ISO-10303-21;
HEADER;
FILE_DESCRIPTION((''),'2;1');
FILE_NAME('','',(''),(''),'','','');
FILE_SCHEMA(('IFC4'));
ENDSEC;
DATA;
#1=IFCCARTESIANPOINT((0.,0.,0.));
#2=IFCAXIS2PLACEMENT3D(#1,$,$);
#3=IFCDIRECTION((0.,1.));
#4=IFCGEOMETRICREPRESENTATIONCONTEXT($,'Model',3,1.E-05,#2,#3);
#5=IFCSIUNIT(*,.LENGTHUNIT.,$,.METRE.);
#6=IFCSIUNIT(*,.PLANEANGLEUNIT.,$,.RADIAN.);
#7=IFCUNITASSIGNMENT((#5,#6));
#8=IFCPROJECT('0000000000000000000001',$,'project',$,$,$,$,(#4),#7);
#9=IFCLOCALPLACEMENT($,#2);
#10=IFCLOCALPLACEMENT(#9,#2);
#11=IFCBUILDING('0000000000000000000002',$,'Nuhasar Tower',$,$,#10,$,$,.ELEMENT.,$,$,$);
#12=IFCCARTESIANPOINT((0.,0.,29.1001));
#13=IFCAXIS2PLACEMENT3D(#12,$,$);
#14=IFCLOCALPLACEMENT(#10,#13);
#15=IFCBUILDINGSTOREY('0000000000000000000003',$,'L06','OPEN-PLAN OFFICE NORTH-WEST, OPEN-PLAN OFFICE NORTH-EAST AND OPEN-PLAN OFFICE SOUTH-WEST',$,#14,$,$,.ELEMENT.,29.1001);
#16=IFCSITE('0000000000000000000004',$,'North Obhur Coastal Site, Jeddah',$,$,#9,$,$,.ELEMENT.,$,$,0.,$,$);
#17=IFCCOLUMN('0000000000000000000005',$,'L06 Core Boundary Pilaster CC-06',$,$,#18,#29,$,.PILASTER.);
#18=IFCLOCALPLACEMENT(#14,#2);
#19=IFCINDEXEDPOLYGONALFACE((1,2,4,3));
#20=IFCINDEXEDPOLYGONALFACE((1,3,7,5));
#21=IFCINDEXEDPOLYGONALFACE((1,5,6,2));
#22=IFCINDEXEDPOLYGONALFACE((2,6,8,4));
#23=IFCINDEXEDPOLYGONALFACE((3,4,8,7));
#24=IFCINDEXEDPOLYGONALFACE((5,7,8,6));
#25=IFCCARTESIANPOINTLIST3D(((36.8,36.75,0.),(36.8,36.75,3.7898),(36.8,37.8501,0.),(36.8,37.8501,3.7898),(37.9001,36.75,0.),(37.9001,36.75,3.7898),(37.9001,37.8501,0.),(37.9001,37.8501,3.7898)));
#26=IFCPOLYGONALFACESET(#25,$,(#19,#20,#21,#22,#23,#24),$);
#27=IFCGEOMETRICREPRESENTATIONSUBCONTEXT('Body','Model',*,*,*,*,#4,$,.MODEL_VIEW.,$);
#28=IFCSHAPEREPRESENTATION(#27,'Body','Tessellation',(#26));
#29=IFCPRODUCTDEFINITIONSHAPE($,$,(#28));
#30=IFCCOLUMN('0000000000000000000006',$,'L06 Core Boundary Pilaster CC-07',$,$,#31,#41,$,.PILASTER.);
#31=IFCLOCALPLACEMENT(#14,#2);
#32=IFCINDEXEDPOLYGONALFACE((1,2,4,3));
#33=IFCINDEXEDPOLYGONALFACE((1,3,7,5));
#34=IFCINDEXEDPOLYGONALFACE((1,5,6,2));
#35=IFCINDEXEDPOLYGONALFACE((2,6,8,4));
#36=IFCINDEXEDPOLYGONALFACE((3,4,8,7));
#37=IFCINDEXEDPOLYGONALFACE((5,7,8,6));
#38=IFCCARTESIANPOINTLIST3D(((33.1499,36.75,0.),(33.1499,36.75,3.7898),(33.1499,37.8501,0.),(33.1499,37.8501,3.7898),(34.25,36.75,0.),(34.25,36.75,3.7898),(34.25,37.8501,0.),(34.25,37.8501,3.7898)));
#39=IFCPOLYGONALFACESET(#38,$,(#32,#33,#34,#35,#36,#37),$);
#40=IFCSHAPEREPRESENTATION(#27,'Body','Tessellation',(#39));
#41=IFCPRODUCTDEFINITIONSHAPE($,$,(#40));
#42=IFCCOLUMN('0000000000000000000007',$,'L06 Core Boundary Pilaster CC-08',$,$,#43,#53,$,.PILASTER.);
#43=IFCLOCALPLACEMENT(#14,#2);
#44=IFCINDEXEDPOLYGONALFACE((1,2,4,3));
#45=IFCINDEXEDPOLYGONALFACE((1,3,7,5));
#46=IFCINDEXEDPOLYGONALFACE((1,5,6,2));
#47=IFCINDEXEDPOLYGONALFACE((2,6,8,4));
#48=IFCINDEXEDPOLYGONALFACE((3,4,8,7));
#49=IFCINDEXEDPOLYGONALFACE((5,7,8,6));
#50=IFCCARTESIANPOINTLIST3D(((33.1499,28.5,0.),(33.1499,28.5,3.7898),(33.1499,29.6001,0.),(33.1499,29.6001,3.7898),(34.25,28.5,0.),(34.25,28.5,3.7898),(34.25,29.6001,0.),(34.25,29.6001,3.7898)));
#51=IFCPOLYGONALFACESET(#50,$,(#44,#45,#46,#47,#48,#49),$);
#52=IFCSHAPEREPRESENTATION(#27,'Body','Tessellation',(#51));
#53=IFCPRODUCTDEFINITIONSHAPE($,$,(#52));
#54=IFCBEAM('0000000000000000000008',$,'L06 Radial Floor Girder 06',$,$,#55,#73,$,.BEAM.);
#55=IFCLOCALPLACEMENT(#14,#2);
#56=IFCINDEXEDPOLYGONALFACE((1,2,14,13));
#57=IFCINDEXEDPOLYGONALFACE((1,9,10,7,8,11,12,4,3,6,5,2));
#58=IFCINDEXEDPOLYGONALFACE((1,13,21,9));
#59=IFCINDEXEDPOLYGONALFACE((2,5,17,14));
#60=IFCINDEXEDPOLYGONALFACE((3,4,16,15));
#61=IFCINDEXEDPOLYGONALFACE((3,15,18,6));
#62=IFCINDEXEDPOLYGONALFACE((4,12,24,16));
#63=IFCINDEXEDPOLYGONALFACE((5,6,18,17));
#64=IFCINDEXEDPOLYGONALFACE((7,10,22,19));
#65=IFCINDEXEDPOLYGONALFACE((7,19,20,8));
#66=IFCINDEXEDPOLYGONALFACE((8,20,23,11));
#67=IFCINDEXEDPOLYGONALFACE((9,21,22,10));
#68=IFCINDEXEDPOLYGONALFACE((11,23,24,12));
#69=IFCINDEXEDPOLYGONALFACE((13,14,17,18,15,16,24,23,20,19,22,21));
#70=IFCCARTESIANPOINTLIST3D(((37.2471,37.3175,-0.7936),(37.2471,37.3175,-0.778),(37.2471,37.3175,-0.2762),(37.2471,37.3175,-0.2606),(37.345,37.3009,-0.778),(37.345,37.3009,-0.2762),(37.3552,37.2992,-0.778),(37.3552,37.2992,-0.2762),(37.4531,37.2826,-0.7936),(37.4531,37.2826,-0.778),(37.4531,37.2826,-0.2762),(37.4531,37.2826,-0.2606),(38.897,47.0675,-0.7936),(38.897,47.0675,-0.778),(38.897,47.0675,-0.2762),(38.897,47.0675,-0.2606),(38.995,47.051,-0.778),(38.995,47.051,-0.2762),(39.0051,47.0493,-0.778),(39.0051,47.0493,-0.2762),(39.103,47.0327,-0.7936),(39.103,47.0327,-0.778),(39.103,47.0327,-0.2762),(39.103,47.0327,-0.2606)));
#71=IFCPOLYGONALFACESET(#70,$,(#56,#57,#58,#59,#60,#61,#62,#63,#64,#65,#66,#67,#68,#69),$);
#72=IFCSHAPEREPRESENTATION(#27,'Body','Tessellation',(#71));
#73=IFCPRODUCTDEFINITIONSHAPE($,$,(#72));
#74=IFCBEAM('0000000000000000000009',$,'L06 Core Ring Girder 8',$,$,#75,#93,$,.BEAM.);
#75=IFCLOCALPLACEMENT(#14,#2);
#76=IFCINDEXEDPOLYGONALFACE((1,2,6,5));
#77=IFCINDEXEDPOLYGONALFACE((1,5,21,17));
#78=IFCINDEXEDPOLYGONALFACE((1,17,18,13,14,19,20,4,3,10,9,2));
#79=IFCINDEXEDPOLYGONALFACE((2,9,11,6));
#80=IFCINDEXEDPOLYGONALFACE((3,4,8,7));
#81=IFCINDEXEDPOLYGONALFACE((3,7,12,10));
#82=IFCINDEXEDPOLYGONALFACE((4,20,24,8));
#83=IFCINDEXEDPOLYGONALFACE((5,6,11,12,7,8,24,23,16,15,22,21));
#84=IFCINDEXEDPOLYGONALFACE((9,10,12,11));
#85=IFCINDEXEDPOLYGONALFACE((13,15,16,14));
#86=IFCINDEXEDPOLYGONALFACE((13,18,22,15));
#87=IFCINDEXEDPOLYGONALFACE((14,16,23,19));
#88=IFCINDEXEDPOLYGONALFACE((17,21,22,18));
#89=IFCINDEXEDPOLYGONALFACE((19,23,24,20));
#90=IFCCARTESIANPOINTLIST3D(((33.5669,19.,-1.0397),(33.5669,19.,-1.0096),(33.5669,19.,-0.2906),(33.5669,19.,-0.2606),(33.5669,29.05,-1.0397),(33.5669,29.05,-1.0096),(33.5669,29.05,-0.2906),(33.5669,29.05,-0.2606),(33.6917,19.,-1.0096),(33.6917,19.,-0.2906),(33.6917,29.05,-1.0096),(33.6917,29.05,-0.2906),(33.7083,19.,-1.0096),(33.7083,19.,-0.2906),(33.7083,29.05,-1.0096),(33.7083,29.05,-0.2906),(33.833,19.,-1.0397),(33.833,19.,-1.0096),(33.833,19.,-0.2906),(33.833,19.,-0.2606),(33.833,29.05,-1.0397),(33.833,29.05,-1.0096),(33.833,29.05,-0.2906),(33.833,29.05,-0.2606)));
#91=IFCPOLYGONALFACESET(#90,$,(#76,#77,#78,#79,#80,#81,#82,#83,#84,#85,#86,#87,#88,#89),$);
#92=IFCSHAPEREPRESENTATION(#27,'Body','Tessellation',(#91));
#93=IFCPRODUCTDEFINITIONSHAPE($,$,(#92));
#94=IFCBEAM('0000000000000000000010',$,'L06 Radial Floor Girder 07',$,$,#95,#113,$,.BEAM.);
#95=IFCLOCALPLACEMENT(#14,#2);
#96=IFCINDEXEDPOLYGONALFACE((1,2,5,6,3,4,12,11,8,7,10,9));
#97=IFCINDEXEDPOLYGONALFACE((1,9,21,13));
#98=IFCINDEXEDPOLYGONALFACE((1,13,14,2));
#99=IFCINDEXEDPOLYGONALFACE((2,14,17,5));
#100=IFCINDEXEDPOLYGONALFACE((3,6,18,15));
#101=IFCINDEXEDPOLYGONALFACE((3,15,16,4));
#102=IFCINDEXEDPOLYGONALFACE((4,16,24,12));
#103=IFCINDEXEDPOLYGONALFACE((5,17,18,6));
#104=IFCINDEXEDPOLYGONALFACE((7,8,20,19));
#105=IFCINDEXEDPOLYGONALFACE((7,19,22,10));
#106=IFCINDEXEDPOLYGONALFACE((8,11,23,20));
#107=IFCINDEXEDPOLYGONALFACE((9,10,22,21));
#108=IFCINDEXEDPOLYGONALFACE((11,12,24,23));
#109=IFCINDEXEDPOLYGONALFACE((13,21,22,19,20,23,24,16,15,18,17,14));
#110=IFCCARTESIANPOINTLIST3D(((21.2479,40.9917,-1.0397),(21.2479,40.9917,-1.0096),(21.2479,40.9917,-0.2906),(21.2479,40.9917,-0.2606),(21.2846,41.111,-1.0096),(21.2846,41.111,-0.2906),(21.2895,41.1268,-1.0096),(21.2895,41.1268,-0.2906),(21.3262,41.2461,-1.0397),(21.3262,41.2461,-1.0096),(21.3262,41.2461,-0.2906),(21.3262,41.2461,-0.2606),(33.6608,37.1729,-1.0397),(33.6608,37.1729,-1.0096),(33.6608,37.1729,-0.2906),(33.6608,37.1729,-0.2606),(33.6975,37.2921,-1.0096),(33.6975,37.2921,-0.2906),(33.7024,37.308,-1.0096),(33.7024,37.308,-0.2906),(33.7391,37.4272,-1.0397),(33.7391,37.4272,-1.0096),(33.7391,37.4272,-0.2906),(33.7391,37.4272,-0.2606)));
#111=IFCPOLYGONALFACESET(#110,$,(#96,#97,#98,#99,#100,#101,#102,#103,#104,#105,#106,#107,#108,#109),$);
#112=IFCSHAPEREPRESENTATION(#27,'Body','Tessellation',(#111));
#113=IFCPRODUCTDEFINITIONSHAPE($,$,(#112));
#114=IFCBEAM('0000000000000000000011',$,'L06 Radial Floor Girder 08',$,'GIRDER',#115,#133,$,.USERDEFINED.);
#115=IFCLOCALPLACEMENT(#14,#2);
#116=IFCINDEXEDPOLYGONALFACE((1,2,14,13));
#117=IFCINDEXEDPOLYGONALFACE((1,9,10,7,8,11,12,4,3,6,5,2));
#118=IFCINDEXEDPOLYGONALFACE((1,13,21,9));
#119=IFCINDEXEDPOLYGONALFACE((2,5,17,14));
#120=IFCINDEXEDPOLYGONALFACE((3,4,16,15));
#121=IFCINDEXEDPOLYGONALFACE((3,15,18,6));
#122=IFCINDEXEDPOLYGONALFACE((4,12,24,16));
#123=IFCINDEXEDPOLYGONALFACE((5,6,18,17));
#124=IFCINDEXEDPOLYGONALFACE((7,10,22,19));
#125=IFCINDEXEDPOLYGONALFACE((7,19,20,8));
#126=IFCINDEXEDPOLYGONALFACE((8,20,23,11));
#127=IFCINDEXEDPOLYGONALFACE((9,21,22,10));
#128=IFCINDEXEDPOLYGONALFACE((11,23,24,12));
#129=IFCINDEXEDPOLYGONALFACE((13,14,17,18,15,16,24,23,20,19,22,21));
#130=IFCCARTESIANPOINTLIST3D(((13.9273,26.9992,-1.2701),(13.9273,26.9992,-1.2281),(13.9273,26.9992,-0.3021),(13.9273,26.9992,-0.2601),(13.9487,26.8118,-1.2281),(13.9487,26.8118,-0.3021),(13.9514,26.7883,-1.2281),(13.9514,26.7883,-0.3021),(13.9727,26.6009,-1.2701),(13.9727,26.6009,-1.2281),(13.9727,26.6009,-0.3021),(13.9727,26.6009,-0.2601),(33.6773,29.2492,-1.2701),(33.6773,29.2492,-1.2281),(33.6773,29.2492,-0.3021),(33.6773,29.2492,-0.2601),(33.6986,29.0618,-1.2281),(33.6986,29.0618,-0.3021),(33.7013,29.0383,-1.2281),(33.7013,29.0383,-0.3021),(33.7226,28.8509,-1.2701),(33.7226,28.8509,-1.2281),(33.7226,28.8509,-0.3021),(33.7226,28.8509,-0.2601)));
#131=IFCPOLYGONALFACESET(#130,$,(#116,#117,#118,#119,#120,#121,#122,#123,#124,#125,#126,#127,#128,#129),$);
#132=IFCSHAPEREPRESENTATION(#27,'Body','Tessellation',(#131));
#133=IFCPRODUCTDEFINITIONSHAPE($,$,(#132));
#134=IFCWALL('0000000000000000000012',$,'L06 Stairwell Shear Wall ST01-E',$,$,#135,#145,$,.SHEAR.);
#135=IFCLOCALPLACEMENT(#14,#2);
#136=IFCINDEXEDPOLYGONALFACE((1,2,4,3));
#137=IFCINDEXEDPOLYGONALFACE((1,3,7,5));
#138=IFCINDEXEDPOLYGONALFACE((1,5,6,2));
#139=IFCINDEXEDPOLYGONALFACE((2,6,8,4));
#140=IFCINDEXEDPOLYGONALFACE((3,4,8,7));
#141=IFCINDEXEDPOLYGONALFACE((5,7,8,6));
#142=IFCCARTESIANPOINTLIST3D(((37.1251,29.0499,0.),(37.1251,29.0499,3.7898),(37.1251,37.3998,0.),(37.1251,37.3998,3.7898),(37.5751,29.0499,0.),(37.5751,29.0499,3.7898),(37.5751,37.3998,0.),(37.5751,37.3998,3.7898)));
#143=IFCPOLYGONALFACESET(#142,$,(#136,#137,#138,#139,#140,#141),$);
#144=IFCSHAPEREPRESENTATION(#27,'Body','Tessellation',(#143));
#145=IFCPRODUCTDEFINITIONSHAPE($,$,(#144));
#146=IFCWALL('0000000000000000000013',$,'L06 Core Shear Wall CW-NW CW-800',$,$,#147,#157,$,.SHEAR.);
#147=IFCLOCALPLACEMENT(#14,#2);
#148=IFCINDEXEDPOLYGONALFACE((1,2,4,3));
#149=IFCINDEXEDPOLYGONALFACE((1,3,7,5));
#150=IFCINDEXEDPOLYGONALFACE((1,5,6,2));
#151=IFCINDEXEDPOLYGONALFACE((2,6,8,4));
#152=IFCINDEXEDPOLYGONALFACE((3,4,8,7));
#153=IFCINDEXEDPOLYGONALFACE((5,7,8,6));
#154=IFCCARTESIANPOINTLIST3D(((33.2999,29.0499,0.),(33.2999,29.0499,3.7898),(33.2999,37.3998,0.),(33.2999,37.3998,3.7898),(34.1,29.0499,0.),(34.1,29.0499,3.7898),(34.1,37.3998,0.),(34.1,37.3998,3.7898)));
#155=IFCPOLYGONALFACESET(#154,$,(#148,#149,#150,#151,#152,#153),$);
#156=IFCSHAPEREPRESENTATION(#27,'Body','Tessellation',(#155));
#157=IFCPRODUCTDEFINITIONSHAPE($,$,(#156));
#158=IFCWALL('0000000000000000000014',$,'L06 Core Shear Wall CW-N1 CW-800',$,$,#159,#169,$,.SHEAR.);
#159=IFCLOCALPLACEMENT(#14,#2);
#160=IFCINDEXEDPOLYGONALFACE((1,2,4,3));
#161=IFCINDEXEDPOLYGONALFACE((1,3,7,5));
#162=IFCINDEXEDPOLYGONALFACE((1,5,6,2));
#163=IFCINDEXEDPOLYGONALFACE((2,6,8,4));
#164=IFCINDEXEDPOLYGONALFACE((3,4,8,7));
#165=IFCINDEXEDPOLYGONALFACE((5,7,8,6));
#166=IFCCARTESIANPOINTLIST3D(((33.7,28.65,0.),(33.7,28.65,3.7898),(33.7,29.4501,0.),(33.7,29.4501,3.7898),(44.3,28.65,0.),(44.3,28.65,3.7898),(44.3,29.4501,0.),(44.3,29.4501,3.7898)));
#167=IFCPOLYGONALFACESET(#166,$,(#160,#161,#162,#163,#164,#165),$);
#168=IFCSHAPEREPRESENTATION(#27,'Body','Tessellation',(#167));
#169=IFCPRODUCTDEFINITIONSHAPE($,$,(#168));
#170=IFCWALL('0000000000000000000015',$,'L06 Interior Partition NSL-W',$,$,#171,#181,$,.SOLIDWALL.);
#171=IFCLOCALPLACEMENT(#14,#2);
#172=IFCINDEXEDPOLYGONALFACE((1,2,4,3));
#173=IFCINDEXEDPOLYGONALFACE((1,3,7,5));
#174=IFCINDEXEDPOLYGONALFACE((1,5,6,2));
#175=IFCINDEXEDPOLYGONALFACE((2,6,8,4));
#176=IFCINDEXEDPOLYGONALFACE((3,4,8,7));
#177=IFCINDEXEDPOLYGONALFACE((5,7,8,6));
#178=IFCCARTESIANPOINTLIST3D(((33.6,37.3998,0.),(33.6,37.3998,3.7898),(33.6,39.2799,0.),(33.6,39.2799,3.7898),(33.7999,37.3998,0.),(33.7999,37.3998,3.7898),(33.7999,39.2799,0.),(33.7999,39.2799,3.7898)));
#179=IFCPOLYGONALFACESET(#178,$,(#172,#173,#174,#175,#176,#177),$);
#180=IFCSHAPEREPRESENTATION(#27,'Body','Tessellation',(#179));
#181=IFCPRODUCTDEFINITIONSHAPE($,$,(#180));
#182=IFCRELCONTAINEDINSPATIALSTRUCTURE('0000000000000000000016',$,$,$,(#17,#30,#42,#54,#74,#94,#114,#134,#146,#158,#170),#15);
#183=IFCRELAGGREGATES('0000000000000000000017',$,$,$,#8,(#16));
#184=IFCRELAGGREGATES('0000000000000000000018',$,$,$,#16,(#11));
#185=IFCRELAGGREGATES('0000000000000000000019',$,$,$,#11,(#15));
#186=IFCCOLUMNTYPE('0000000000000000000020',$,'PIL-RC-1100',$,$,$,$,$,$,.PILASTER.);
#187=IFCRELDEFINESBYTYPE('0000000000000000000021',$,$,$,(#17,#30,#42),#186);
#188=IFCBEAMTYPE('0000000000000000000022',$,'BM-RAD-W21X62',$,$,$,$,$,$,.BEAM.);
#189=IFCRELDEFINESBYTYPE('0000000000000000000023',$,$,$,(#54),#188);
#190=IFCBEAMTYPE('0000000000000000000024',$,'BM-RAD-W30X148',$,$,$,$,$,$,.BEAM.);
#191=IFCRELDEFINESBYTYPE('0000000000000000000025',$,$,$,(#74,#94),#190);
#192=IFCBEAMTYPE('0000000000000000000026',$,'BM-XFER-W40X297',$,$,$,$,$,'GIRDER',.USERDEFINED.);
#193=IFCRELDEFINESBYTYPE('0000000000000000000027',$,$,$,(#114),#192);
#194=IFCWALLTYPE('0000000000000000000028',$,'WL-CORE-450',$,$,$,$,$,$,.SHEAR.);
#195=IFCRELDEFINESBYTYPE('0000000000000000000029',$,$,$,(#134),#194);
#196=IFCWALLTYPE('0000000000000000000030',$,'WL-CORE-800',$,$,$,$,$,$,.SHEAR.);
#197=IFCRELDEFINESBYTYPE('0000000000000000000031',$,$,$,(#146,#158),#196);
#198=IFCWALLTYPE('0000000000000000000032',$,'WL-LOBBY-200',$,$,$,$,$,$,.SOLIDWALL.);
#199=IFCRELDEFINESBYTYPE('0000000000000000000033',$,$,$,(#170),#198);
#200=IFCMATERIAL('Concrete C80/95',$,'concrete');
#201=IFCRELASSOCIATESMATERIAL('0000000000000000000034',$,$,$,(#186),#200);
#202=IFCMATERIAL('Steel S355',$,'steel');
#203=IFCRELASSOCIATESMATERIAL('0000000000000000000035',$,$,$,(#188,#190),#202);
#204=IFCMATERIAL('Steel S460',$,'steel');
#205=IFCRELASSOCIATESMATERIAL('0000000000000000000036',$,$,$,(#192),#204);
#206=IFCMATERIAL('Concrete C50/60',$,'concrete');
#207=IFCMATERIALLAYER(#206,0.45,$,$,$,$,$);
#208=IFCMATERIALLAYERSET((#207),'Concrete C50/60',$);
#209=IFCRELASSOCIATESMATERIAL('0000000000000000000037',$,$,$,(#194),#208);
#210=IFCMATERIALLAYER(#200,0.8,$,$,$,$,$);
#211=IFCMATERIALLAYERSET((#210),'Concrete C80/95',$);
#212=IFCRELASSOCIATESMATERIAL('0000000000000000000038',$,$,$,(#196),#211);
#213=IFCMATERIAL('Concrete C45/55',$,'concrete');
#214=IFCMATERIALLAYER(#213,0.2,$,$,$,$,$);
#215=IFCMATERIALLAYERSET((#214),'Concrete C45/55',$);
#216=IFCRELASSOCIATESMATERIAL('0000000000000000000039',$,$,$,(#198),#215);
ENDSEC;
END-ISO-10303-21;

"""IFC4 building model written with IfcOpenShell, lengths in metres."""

from ifc_helpers import new_model, si_unit, direction, frame, frame_2d, origin, origin_2d, place, context, subcontext, project, spatial, rectangle, i_section, extrude, material, layer, layer_set, material_profile, profile_set, type_object, element, save


model = new_model("IFC4")

# Units and contexts
model_context = context("Model", 3, precision=1e-05, world=origin(), true_north=direction((0.0, 1.0)))
body_context = subcontext(model_context, "Body", "Model", "MODEL_VIEW")
ifc_project = project(units=[si_unit("LENGTHUNIT", "METRE"), si_unit("PLANEANGLEUNIT", "RADIAN")], contexts=[model_context])

# Site, building, storey
site_placement = place(None, origin())
site = spatial("IfcSite", under=ifc_project, at=site_placement, Name="North Obhur Coastal Site, Jeddah", CompositionType="ELEMENT", RefElevation=0.0)
building_placement = place(site_placement, origin())
building = spatial("IfcBuilding", under=site, at=building_placement, Name="Nuhasar Tower", CompositionType="ELEMENT")
storey_placement = place(building_placement, frame((0.0, 0.0, 29.1001)))
storey = spatial("IfcBuildingStorey", under=building, at=storey_placement, Name="L06", Description="OPEN-PLAN OFFICE NORTH-WEST, OPEN-PLAN OFFICE NORTH-EAST AND OPEN-PLAN OFFICE SOUTH-WEST", CompositionType="ELEMENT", Elevation=29.1001)

# Columns
ifc_material_1 = material(Name="Concrete C80/95", Category="concrete")
ifc_material_profile_1 = material_profile(ifc_material_1, rectangle(XDim=1.1001, YDim=1.1001, at=origin_2d()), Name="RC1100X1100")
ifc_profile_set_1 = profile_set([ifc_material_profile_1], Name="Concrete C80/95")
column_type = type_object("IfcColumnType", Name="PIL-RC-1100", PredefinedType="PILASTER", material=ifc_profile_set_1)
for number, where, z_axis, x_axis, name in (
    (1, (37.3501, 37.3, 0.0), (0.0, 0.0, 1.0), (1.0, 0.0, 0.0), "L06 Core Boundary Pilaster CC-06"),
    (2, (33.7, 37.3, 0.0), (0.0, 0.0, 1.0), (1.0, 0.0, 0.0), "L06 Core Boundary Pilaster CC-07"),
    (3, (33.7, 29.05, 0.0), (0.0, 0.0, 1.0), (1.0, 0.0, 0.0), "L06 Core Boundary Pilaster CC-08"),
):
    element("IfcColumn", number, at=place(storey_placement, frame(where, z_axis=z_axis, x_axis=x_axis)), inside=storey, type_object=column_type, Name=name, PredefinedType="PILASTER", context=body_context, shape_type="SweptSolid", body=[
        extrude(rectangle(XDim=1.1001, YDim=1.1001, at=origin_2d()), origin(), (0.0, 0.0, 1.0), 3.7898),
    ])

# Beams
ifc_material_2 = material(Name="Steel S355", Category="steel")
ifc_material_profile_2 = material_profile(ifc_material_2, i_section(OverallWidth=0.209, OverallDepth=0.533, WebThickness=0.0103, FlangeThickness=0.0156, at=origin_2d()), Name="W21X62")
ifc_profile_set_2 = profile_set([ifc_material_profile_2], Name="Steel S355")
beam_type_1 = type_object("IfcBeamType", Name="BM-RAD-W21X62", PredefinedType="BEAM", material=ifc_profile_set_2)
beam_1_placement = place(storey_placement, frame((37.3501, 37.3, -0.5271), z_axis=(0.166849, 0.985983, 0.0), x_axis=(-0.985983, 0.166849, 0.0)))
element("IfcBeam", 4, at=beam_1_placement, inside=storey, type_object=beam_type_1, Name="L06 Radial Floor Girder 06", PredefinedType="BEAM", context=body_context, shape_type="SweptSolid", body=[
    extrude(i_section(OverallWidth=0.209, OverallDepth=0.533, WebThickness=0.0103, FlangeThickness=0.0156, at=origin_2d()), origin(), (0.0, 0.0, 1.0), 9.8887),
])
ifc_material_profile_3 = material_profile(ifc_material_2, i_section(OverallWidth=0.2661, OverallDepth=0.7791, WebThickness=0.0166, FlangeThickness=0.03, at=origin_2d()), Name="W30X148")
ifc_profile_set_3 = profile_set([ifc_material_profile_3], Name="Steel S355")
beam_type_2 = type_object("IfcBeamType", Name="BM-RAD-W30X148", PredefinedType="BEAM", material=ifc_profile_set_3)
beam_2_placement = place(storey_placement, frame((33.7, 29.05, -0.6501), z_axis=(0.0, -1.0, 0.0), x_axis=(1.0, 0.0, 0.0)))
element("IfcBeam", 5, at=beam_2_placement, inside=storey, type_object=beam_type_2, Name="L06 Core Ring Girder 8", PredefinedType="BEAM", context=body_context, shape_type="SweptSolid", body=[
    extrude(i_section(OverallWidth=0.2661, OverallDepth=0.7791, WebThickness=0.0166, FlangeThickness=0.03, at=origin_2d()), origin(), (0.0, 0.0, 1.0), 10.05),
])
beam_3_placement = place(storey_placement, frame((33.7, 37.3, -0.6501), z_axis=(-0.95579, 0.294052, 0.0), x_axis=(-0.294052, -0.95579, 0.0)))
element("IfcBeam", 6, at=beam_3_placement, inside=storey, type_object=beam_type_2, Name="L06 Radial Floor Girder 07", PredefinedType="BEAM", context=body_context, shape_type="SweptSolid", body=[
    extrude(i_section(OverallWidth=0.2661, OverallDepth=0.7791, WebThickness=0.0166, FlangeThickness=0.03, at=origin_2d()), origin(), (0.0, 0.0, 1.0), 12.9871),
])
ifc_material_3 = material(Name="Steel S460", Category="steel")
ifc_material_profile_4 = material_profile(ifc_material_3, i_section(OverallWidth=0.4009, OverallDepth=1.01, WebThickness=0.0237, FlangeThickness=0.042, at=origin_2d()), Name="W40X297")
ifc_profile_set_4 = profile_set([ifc_material_profile_4], Name="Steel S460")
beam_type_3 = type_object("IfcBeamType", Name="BM-XFER-W40X297", ElementType="GIRDER", PredefinedType="USERDEFINED", material=ifc_profile_set_4)
beam_4_placement = place(storey_placement, frame((33.7, 29.05, -0.7651), z_axis=(-0.993573, -0.113192, 0.0), x_axis=(0.113192, -0.993573, 0.0)))
element("IfcBeam", 7, at=beam_4_placement, inside=storey, type_object=beam_type_3, Name="L06 Radial Floor Girder 08", ObjectType="GIRDER", PredefinedType="USERDEFINED", context=body_context, shape_type="SweptSolid", body=[
    extrude(i_section(OverallWidth=0.4009, OverallDepth=1.01, WebThickness=0.0237, FlangeThickness=0.042, at=origin_2d()), origin(), (0.0, 0.0, 1.0), 19.8777),
])

# Walls
ifc_material_4 = material(Name="Concrete C50/60", Category="concrete")
ifc_layer_1 = layer(ifc_material_4, 0.45)
ifc_layer_set_1 = layer_set([ifc_layer_1], Name="Concrete C50/60")
wall_type_1 = type_object("IfcWallType", Name="WL-CORE-450", PredefinedType="SHEAR", material=ifc_layer_set_1)
wall_1_placement = place(storey_placement, frame((37.3501, 29.05, 0.0), z_axis=(0.0, 0.0, 1.0), x_axis=(0.0, 1.0, 0.0)))
element("IfcWall", 8, at=wall_1_placement, inside=storey, type_object=wall_type_1, Name="L06 Stairwell Shear Wall ST01-E", PredefinedType="SHEAR", context=body_context, shape_type="SweptSolid", body=[
    extrude(rectangle(XDim=8.3499, YDim=0.45, at=frame_2d((4.1748, 0.0))), origin(), (0.0, 0.0, 1.0), 3.7898),
])
ifc_layer_2 = layer(ifc_material_1, 0.8)
ifc_layer_set_2 = layer_set([ifc_layer_2], Name="Concrete C80/95")
wall_type_2 = type_object("IfcWallType", Name="WL-CORE-800", PredefinedType="SHEAR", material=ifc_layer_set_2)
wall_2_placement = place(storey_placement, frame((33.7, 29.05, 0.0), z_axis=(0.0, 0.0, 1.0), x_axis=(0.0, 1.0, 0.0)))
element("IfcWall", 9, at=wall_2_placement, inside=storey, type_object=wall_type_2, Name="L06 Core Shear Wall CW-NW CW-800", PredefinedType="SHEAR", context=body_context, shape_type="SweptSolid", body=[
    extrude(rectangle(XDim=8.3499, YDim=0.8, at=frame_2d((4.1748, 0.0))), origin(), (0.0, 0.0, 1.0), 3.7898),
])
wall_3_placement = place(storey_placement, frame((33.7, 29.05, 0.0), z_axis=(0.0, 0.0, 1.0), x_axis=(1.0, 0.0, 0.0)))
element("IfcWall", 10, at=wall_3_placement, inside=storey, type_object=wall_type_2, Name="L06 Core Shear Wall CW-N1 CW-800", PredefinedType="SHEAR", context=body_context, shape_type="SweptSolid", body=[
    extrude(rectangle(XDim=10.6001, YDim=0.8, at=frame_2d((5.3, 0.0))), origin(), (0.0, 0.0, 1.0), 3.7898),
])
ifc_material_5 = material(Name="Concrete C45/55", Category="concrete")
ifc_layer_3 = layer(ifc_material_5, 0.2)
ifc_layer_set_3 = layer_set([ifc_layer_3], Name="Concrete C45/55")
wall_type_3 = type_object("IfcWallType", Name="WL-LOBBY-200", PredefinedType="SOLIDWALL", material=ifc_layer_set_3)
wall_4_placement = place(storey_placement, frame((33.7, 37.3999, 0.0), z_axis=(0.0, 0.0, 1.0), x_axis=(0.0, 1.0, 0.0)))
element("IfcWall", 11, at=wall_4_placement, inside=storey, type_object=wall_type_3, Name="L06 Interior Partition NSL-W", PredefinedType="SOLIDWALL", context=body_context, shape_type="SweptSolid", body=[
    extrude(rectangle(XDim=1.8801, YDim=0.2, at=frame_2d((0.9399, 0.0))), origin(), (0.0, 0.0, 1.0), 3.7898),
])

save(model, "model.ifc")
